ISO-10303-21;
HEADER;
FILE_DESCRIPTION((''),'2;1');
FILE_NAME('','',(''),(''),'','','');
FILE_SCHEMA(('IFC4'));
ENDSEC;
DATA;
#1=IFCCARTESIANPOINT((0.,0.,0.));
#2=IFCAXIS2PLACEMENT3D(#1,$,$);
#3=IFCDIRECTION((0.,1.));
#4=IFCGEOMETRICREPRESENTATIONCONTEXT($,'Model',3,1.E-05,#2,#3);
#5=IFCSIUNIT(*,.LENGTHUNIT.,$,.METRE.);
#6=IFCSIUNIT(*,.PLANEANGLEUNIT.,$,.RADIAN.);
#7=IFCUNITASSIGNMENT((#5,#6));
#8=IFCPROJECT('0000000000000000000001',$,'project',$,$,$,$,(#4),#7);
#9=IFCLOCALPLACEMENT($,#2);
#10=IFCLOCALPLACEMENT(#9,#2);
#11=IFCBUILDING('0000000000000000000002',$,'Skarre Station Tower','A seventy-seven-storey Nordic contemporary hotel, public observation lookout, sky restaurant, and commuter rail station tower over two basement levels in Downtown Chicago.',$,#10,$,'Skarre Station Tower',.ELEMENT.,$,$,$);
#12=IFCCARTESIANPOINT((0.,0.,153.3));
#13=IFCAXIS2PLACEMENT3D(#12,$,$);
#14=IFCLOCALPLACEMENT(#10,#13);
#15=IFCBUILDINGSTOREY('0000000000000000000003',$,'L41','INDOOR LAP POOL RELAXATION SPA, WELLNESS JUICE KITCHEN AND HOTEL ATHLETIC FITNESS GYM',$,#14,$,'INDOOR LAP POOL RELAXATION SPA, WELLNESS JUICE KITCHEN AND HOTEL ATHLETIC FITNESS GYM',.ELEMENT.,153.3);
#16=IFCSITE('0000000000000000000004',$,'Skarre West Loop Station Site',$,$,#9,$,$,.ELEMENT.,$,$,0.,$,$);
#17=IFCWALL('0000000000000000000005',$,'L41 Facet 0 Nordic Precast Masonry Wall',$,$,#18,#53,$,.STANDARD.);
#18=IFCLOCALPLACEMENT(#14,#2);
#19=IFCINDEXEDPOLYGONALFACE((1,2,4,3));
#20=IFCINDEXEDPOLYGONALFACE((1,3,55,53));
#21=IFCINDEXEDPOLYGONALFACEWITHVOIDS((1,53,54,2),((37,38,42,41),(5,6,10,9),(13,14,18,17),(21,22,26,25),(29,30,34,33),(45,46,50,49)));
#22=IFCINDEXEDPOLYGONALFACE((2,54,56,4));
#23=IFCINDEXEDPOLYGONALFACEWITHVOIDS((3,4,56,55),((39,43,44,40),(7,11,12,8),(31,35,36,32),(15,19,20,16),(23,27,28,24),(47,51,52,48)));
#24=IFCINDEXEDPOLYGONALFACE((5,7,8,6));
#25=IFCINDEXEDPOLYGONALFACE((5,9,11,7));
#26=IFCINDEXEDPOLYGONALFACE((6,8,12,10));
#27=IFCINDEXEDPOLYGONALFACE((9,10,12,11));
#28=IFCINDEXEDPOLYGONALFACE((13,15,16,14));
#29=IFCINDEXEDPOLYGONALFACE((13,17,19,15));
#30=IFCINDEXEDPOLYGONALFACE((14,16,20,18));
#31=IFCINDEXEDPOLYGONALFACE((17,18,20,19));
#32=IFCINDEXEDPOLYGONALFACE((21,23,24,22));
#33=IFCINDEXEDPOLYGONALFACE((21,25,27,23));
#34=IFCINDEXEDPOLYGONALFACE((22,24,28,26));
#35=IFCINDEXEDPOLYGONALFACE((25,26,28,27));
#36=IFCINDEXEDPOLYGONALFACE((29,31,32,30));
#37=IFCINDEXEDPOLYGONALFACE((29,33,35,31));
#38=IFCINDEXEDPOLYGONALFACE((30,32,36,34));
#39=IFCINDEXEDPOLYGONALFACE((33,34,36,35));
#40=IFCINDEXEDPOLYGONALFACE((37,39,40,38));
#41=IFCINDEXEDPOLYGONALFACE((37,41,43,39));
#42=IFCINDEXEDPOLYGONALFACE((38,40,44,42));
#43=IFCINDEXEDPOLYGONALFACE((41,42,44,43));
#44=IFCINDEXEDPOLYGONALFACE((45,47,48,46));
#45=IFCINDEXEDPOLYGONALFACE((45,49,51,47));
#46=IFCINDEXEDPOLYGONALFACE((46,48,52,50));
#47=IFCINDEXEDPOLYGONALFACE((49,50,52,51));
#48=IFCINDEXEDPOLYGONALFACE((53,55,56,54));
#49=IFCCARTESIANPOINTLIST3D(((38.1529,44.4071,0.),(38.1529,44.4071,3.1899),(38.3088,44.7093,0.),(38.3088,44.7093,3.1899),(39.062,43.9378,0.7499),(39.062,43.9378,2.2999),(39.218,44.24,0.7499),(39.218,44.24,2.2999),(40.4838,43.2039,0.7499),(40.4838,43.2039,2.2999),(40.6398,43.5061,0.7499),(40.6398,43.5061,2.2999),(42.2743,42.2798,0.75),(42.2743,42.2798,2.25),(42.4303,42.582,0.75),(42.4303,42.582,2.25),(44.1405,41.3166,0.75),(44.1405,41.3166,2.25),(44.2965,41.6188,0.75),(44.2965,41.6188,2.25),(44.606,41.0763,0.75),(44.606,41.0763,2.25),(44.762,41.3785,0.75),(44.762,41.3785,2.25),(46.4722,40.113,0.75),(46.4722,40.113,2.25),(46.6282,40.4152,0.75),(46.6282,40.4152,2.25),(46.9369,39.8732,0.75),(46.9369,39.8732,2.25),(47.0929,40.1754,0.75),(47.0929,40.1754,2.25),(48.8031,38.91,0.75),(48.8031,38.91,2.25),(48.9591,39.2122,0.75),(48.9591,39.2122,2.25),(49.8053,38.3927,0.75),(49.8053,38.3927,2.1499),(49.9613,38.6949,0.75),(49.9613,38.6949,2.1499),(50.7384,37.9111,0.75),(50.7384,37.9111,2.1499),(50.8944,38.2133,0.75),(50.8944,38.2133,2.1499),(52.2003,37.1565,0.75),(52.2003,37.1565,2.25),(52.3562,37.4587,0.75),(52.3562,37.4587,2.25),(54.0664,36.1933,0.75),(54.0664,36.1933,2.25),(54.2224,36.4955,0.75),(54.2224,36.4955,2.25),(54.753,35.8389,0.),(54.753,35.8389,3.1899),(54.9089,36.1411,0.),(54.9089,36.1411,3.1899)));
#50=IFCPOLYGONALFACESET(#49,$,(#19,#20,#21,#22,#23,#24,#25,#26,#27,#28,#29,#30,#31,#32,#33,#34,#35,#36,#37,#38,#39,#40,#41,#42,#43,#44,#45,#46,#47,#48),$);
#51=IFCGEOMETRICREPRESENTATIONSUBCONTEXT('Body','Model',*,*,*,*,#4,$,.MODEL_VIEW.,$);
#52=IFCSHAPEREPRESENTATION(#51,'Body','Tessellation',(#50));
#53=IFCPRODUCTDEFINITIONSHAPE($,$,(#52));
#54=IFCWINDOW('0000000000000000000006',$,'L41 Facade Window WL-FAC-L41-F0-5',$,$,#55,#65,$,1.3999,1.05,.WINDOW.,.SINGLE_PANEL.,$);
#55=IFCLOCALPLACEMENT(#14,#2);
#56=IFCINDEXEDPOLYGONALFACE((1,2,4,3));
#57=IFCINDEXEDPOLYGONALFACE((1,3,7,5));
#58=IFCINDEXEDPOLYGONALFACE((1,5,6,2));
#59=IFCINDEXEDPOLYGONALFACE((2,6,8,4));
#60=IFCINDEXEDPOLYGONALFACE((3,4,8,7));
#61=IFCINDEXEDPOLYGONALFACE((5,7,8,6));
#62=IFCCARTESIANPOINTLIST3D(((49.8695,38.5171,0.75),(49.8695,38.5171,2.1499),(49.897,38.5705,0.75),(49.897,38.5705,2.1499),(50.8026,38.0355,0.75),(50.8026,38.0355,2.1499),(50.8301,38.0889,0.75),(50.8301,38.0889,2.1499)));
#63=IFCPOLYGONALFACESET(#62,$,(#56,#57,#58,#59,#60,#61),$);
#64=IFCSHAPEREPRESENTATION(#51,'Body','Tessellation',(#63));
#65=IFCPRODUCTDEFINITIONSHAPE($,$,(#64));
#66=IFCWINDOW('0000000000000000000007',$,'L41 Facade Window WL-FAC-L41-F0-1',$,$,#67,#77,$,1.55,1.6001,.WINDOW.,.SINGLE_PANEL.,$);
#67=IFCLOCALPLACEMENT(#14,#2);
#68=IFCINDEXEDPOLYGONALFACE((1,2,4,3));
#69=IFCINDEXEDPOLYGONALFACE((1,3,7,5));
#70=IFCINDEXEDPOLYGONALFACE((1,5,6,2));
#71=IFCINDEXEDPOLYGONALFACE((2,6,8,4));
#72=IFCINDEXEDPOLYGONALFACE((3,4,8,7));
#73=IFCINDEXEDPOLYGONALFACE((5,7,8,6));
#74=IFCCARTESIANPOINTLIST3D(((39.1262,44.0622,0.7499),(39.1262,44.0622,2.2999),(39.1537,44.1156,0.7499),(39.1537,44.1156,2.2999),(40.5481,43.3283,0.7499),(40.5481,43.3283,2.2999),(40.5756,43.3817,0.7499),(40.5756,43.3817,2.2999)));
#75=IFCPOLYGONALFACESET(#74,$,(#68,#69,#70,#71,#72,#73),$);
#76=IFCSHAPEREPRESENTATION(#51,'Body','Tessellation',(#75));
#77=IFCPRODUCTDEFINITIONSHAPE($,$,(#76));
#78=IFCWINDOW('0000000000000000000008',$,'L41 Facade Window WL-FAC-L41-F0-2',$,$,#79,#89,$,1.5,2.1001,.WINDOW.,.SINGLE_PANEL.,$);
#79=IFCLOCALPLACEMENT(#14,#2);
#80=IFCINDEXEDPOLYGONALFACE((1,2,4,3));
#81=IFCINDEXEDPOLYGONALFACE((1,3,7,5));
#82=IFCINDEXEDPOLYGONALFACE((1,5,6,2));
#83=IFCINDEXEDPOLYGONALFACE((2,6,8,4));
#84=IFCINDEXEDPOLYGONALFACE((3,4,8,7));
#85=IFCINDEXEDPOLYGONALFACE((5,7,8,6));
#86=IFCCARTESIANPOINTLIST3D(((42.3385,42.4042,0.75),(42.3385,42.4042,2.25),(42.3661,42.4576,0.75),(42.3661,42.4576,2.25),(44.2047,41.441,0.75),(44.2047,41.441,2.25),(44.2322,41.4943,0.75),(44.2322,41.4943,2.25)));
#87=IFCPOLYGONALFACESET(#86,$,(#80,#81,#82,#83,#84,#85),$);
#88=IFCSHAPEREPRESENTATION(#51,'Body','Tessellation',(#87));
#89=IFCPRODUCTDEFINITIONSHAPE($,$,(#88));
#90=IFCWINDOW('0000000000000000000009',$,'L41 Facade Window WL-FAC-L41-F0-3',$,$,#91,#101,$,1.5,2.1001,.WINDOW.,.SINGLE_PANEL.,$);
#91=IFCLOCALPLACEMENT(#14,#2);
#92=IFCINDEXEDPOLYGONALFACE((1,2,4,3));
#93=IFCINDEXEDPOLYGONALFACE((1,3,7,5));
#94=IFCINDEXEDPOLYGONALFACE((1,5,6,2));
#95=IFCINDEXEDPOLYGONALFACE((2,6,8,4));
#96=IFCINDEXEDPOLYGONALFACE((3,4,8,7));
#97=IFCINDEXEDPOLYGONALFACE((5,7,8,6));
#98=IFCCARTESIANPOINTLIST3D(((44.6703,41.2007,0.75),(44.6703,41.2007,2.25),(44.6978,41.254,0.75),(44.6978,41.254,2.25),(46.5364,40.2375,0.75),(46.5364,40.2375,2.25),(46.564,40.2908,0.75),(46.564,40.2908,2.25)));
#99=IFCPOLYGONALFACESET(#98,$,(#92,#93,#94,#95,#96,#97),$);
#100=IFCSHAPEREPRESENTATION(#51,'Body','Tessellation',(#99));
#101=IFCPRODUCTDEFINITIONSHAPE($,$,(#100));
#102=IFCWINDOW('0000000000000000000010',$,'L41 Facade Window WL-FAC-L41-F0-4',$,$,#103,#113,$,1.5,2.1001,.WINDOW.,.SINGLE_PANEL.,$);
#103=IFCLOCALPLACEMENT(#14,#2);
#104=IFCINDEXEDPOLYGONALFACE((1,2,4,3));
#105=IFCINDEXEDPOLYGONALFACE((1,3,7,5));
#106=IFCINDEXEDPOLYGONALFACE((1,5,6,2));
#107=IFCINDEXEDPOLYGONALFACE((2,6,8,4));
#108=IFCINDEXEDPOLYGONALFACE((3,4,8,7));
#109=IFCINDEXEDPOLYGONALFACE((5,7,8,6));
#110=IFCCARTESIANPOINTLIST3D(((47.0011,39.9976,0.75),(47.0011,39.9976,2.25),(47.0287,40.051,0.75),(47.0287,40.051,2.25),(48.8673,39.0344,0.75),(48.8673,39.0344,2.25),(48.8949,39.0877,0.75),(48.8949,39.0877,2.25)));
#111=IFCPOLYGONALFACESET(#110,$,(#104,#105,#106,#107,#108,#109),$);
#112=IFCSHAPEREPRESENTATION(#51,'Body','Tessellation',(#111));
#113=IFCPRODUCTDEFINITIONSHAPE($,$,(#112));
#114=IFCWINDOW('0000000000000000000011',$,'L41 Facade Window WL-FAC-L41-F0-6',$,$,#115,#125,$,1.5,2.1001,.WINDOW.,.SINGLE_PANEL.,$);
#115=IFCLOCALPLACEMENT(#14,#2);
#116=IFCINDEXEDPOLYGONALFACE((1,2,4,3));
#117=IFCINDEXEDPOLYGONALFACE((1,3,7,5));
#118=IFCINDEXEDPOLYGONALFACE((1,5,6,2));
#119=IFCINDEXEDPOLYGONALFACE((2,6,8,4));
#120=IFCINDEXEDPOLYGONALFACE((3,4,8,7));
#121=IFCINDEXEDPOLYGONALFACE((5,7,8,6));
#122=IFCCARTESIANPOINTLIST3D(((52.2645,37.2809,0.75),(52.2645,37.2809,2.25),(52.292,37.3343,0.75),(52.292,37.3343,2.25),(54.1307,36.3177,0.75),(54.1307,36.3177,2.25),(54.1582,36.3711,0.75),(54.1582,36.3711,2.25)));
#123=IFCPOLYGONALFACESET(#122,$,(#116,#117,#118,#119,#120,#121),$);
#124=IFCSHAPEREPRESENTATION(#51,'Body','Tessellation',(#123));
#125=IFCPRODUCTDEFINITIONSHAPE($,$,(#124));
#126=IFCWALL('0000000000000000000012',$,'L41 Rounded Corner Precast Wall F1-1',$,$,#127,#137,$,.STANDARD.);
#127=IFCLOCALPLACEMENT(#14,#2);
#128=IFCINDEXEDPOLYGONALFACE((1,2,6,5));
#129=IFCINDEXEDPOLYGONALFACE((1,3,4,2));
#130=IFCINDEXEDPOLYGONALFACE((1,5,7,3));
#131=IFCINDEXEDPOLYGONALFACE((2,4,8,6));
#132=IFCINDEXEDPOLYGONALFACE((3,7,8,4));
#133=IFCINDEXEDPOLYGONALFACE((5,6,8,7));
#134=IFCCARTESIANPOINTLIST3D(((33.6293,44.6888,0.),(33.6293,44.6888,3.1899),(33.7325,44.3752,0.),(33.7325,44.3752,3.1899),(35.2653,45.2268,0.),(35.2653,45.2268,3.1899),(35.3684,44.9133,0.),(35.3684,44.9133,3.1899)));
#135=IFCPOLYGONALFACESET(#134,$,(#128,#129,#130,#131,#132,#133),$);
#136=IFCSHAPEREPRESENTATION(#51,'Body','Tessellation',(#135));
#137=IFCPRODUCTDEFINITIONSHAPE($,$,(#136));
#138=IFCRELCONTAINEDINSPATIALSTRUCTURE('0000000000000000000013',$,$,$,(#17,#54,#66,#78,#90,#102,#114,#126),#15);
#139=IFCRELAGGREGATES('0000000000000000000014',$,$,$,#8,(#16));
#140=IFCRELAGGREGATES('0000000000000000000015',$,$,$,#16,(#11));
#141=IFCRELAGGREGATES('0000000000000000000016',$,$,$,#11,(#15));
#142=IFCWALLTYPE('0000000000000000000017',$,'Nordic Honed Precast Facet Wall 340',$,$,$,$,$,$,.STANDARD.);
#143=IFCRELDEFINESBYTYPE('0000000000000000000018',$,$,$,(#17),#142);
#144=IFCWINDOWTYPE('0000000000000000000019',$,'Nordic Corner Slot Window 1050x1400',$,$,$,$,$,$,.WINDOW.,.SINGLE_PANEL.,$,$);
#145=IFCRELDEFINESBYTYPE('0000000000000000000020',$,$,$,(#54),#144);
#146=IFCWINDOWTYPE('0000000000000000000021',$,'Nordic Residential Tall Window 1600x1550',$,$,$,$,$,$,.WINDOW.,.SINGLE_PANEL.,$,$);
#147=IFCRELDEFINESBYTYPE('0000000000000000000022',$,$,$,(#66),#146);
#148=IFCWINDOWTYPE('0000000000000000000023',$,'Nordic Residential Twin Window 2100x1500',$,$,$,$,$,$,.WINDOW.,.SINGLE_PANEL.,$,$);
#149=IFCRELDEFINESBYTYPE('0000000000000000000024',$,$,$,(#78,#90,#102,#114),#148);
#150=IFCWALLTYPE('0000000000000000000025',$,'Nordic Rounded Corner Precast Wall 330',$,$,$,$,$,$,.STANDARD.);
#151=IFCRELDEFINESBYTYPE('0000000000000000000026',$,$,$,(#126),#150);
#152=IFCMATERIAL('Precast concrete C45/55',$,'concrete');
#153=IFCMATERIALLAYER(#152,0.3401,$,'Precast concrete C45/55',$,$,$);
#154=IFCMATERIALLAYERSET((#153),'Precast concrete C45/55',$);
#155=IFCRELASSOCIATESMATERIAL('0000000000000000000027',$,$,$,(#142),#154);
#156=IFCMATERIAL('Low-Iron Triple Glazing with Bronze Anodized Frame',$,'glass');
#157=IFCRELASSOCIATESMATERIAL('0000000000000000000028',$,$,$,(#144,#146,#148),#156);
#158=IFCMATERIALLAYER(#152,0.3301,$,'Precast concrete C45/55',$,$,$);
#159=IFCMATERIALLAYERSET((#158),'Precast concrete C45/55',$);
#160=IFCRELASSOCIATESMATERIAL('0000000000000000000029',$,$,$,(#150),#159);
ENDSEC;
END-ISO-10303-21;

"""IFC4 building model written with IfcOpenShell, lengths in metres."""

from ifc_helpers import new_model, si_unit, direction, frame, frame_2d, origin, place, context, subcontext, project, spatial, rectangle, extrude, material, layer, layer_set, type_object, element, fill, save


model = new_model("IFC4")

# Units and contexts
model_context = context("Model", 3, precision=1e-05, world=origin(), true_north=direction((0.0, 1.0)))
body_context = subcontext(model_context, "Body", "Model", "MODEL_VIEW")
ifc_project = project(units=[si_unit("LENGTHUNIT", "METRE"), si_unit("PLANEANGLEUNIT", "RADIAN")], contexts=[model_context])

# Site, building, storey
site_placement = place(None, origin())
site = spatial("IfcSite", under=ifc_project, at=site_placement, Name="Skarre West Loop Station Site", CompositionType="ELEMENT", RefElevation=0.0)
building_placement = place(site_placement, origin())
building = spatial("IfcBuilding", under=site, at=building_placement, Name="Skarre Station Tower", Description="A seventy-seven-storey Nordic contemporary hotel, public observation lookout, sky restaurant, and commuter rail station tower over two basement levels in Downtown Chicago.", LongName="Skarre Station Tower", CompositionType="ELEMENT")
storey_placement = place(building_placement, frame((0.0, 0.0, 153.3)))
storey = spatial("IfcBuildingStorey", under=building, at=storey_placement, Name="L41", Description="INDOOR LAP POOL RELAXATION SPA, WELLNESS JUICE KITCHEN AND HOTEL ATHLETIC FITNESS GYM", LongName="INDOOR LAP POOL RELAXATION SPA, WELLNESS JUICE KITCHEN AND HOTEL ATHLETIC FITNESS GYM", CompositionType="ELEMENT", Elevation=153.3)

# Wall, openings, windows
ifc_material_1 = material(Name="Precast concrete C45/55", Category="concrete")
ifc_layer_1 = layer(ifc_material_1, 0.3401, Name="Precast concrete C45/55")
ifc_layer_set_1 = layer_set([ifc_layer_1], Name="Precast concrete C45/55")
wall_type_1 = type_object("IfcWallType", Name="Nordic Honed Precast Facet Wall 340", PredefinedType="STANDARD", material=ifc_layer_set_1)
wall_1_placement = place(storey_placement, frame((38.231, 44.5581, 0.0), z_axis=(0.0, 0.0, 1.0), x_axis=(0.888614, -0.458657, 0.0)))
wall_1 = element("IfcWall", 1, at=wall_1_placement, inside=storey, type_object=wall_type_1, Name="L41 Facet 0 Nordic Precast Masonry Wall", PredefinedType="STANDARD", context=body_context, shape_type="SweptSolid", body=[
    extrude(rectangle(XDim=18.6809, YDim=0.3401, at=frame_2d((9.3403, 0.0))), origin(), (0.0, 0.0, 1.0), 3.1899),
])
opening_1_placement = place(wall_1_placement, frame((1.0229, 0.0, 0.75)))
opening_1 = element("IfcOpeningElement", 2, at=opening_1_placement, cuts=wall_1, PredefinedType="OPENING", context=body_context, shape_type="SweptSolid", body=[
    extrude(rectangle(XDim=1.6001, YDim=1.55, at=frame_2d((0.8, 0.7749))), frame((0.0, 0.1799, 0.0), z_axis=(0.0, -1.0, 0.0), x_axis=(1.0, 0.0, 0.0)), (0.0, 0.0, 1.0), 0.3601),
])
opening_2_placement = place(wall_1_placement, frame((4.6379, 0.0, 0.75)))
opening_2 = element("IfcOpeningElement", 3, at=opening_2_placement, cuts=wall_1, PredefinedType="OPENING", context=body_context, shape_type="SweptSolid", body=[
    extrude(rectangle(XDim=2.1001, YDim=1.5, at=frame_2d((1.05, 0.75))), frame((0.0, 0.1799, 0.0), z_axis=(0.0, -1.0, 0.0), x_axis=(1.0, 0.0, 0.0)), (0.0, 0.0, 1.0), 0.3601),
])
opening_3_placement = place(wall_1_placement, frame((7.262, 0.0, 0.75)))
opening_3 = element("IfcOpeningElement", 4, at=opening_3_placement, cuts=wall_1, PredefinedType="OPENING", context=body_context, shape_type="SweptSolid", body=[
    extrude(rectangle(XDim=2.1001, YDim=1.5, at=frame_2d((1.05, 0.75))), frame((0.0, 0.1799, 0.0), z_axis=(0.0, -1.0, 0.0), x_axis=(1.0, 0.0, 0.0)), (0.0, 0.0, 1.0), 0.3601),
])
opening_4_placement = place(wall_1_placement, frame((9.885, 0.0, 0.75)))
opening_4 = element("IfcOpeningElement", 5, at=opening_4_placement, cuts=wall_1, PredefinedType="OPENING", context=body_context, shape_type="SweptSolid", body=[
    extrude(rectangle(XDim=2.1001, YDim=1.5, at=frame_2d((1.05, 0.75))), frame((0.0, 0.1799, 0.0), z_axis=(0.0, -1.0, 0.0), x_axis=(1.0, 0.0, 0.0)), (0.0, 0.0, 1.0), 0.3601),
])
opening_5_placement = place(wall_1_placement, frame((13.113, 0.0, 0.75)))
opening_5 = element("IfcOpeningElement", 6, at=opening_5_placement, cuts=wall_1, PredefinedType="OPENING", context=body_context, shape_type="SweptSolid", body=[
    extrude(rectangle(XDim=1.05, YDim=1.3999, at=frame_2d((0.5249, 0.7))), frame((0.0, 0.1799, 0.0), z_axis=(0.0, -1.0, 0.0), x_axis=(1.0, 0.0, 0.0)), (0.0, 0.0, 1.0), 0.3601),
])
opening_6_placement = place(wall_1_placement, frame((15.8081, 0.0, 0.75)))
opening_6 = element("IfcOpeningElement", 7, at=opening_6_placement, cuts=wall_1, PredefinedType="OPENING", context=body_context, shape_type="SweptSolid", body=[
    extrude(rectangle(XDim=2.1001, YDim=1.5, at=frame_2d((1.05, 0.75))), frame((0.0, 0.1799, 0.0), z_axis=(0.0, -1.0, 0.0), x_axis=(1.0, 0.0, 0.0)), (0.0, 0.0, 1.0), 0.3601),
])
ifc_material_2 = material(Name="Low-Iron Triple Glazing with Bronze Anodized Frame", Category="glass")
window_type_1 = type_object("IfcWindowType", Name="Nordic Corner Slot Window 1050x1400", PartitioningType="SINGLE_PANEL", PredefinedType="WINDOW", material=ifc_material_2)
window_1_placement = place(opening_5_placement, origin())
window_1 = element("IfcWindow", 8, at=window_1_placement, inside=storey, type_object=window_type_1, Name="L41 Facade Window WL-FAC-L41-F0-5", OverallHeight=1.3999, OverallWidth=1.05, PartitioningType="SINGLE_PANEL", PredefinedType="WINDOW", context=body_context, shape_type="SweptSolid", body=[
    extrude(rectangle(XDim=1.05, YDim=1.3999, at=frame_2d((0.5249, 0.7))), frame((0.0, 0.03, 0.0), z_axis=(0.0, -1.0, 0.0), x_axis=(1.0, 0.0, 0.0)), (0.0, 0.0, 1.0), 0.0601),
])
fill(opening_5, window_1)
window_type_2 = type_object("IfcWindowType", Name="Nordic Residential Tall Window 1600x1550", PartitioningType="SINGLE_PANEL", PredefinedType="WINDOW", material=ifc_material_2)
window_2_placement = place(opening_1_placement, origin())
window_2 = element("IfcWindow", 9, at=window_2_placement, inside=storey, type_object=window_type_2, Name="L41 Facade Window WL-FAC-L41-F0-1", OverallHeight=1.55, OverallWidth=1.6001, PartitioningType="SINGLE_PANEL", PredefinedType="WINDOW", context=body_context, shape_type="SweptSolid", body=[
    extrude(rectangle(XDim=1.6001, YDim=1.55, at=frame_2d((0.8, 0.7749))), frame((0.0, 0.03, 0.0), z_axis=(0.0, -1.0, 0.0), x_axis=(1.0, 0.0, 0.0)), (0.0, 0.0, 1.0), 0.0601),
])
fill(opening_1, window_2)
window_type_3 = type_object("IfcWindowType", Name="Nordic Residential Twin Window 2100x1500", PartitioningType="SINGLE_PANEL", PredefinedType="WINDOW", material=ifc_material_2)
window_3_placement = place(opening_2_placement, origin())
window_3 = element("IfcWindow", 10, at=window_3_placement, inside=storey, type_object=window_type_3, Name="L41 Facade Window WL-FAC-L41-F0-2", OverallHeight=1.5, OverallWidth=2.1001, PartitioningType="SINGLE_PANEL", PredefinedType="WINDOW", context=body_context, shape_type="SweptSolid", body=[
    extrude(rectangle(XDim=2.1001, YDim=1.5, at=frame_2d((1.05, 0.75))), frame((0.0, 0.03, 0.0), z_axis=(0.0, -1.0, 0.0), x_axis=(1.0, 0.0, 0.0)), (0.0, 0.0, 1.0), 0.0601),
])
fill(opening_2, window_3)
window_4_placement = place(opening_3_placement, origin())
window_4 = element("IfcWindow", 11, at=window_4_placement, inside=storey, type_object=window_type_3, Name="L41 Facade Window WL-FAC-L41-F0-3", OverallHeight=1.5, OverallWidth=2.1001, PartitioningType="SINGLE_PANEL", PredefinedType="WINDOW", context=body_context, shape_type="SweptSolid", body=[
    extrude(rectangle(XDim=2.1001, YDim=1.5, at=frame_2d((1.05, 0.75))), frame((0.0, 0.03, 0.0), z_axis=(0.0, -1.0, 0.0), x_axis=(1.0, 0.0, 0.0)), (0.0, 0.0, 1.0), 0.0601),
])
fill(opening_3, window_4)
window_5_placement = place(opening_4_placement, origin())
window_5 = element("IfcWindow", 12, at=window_5_placement, inside=storey, type_object=window_type_3, Name="L41 Facade Window WL-FAC-L41-F0-4", OverallHeight=1.5, OverallWidth=2.1001, PartitioningType="SINGLE_PANEL", PredefinedType="WINDOW", context=body_context, shape_type="SweptSolid", body=[
    extrude(rectangle(XDim=2.1001, YDim=1.5, at=frame_2d((1.05, 0.75))), frame((0.0, 0.03, 0.0), z_axis=(0.0, -1.0, 0.0), x_axis=(1.0, 0.0, 0.0)), (0.0, 0.0, 1.0), 0.0601),
])
fill(opening_4, window_5)
window_6_placement = place(opening_6_placement, origin())
window_6 = element("IfcWindow", 13, at=window_6_placement, inside=storey, type_object=window_type_3, Name="L41 Facade Window WL-FAC-L41-F0-6", OverallHeight=1.5, OverallWidth=2.1001, PartitioningType="SINGLE_PANEL", PredefinedType="WINDOW", context=body_context, shape_type="SweptSolid", body=[
    extrude(rectangle(XDim=2.1001, YDim=1.5, at=frame_2d((1.05, 0.75))), frame((0.0, 0.03, 0.0), z_axis=(0.0, -1.0, 0.0), x_axis=(1.0, 0.0, 0.0)), (0.0, 0.0, 1.0), 0.0601),
])
fill(opening_6, window_6)

# Wall
ifc_layer_2 = layer(ifc_material_1, 0.3301, Name="Precast concrete C45/55")
ifc_layer_set_2 = layer_set([ifc_layer_2], Name="Precast concrete C45/55")
wall_type_2 = type_object("IfcWallType", Name="Nordic Rounded Corner Precast Wall 330", PredefinedType="STANDARD", material=ifc_layer_set_2)
wall_2_placement = place(storey_placement, frame((33.6809, 44.532, 0.0), z_axis=(0.0, 0.0, 1.0), x_axis=(0.949937, 0.31244, 0.0)))
element("IfcWall", 14, at=wall_2_placement, inside=storey, type_object=wall_type_2, Name="L41 Rounded Corner Precast Wall F1-1", PredefinedType="STANDARD", context=body_context, shape_type="SweptSolid", body=[
    extrude(rectangle(XDim=1.7222, YDim=0.3301, at=frame_2d((0.8611, 0.0))), origin(), (0.0, 0.0, 1.0), 3.1899),
])

save(model, "model.ifc")
